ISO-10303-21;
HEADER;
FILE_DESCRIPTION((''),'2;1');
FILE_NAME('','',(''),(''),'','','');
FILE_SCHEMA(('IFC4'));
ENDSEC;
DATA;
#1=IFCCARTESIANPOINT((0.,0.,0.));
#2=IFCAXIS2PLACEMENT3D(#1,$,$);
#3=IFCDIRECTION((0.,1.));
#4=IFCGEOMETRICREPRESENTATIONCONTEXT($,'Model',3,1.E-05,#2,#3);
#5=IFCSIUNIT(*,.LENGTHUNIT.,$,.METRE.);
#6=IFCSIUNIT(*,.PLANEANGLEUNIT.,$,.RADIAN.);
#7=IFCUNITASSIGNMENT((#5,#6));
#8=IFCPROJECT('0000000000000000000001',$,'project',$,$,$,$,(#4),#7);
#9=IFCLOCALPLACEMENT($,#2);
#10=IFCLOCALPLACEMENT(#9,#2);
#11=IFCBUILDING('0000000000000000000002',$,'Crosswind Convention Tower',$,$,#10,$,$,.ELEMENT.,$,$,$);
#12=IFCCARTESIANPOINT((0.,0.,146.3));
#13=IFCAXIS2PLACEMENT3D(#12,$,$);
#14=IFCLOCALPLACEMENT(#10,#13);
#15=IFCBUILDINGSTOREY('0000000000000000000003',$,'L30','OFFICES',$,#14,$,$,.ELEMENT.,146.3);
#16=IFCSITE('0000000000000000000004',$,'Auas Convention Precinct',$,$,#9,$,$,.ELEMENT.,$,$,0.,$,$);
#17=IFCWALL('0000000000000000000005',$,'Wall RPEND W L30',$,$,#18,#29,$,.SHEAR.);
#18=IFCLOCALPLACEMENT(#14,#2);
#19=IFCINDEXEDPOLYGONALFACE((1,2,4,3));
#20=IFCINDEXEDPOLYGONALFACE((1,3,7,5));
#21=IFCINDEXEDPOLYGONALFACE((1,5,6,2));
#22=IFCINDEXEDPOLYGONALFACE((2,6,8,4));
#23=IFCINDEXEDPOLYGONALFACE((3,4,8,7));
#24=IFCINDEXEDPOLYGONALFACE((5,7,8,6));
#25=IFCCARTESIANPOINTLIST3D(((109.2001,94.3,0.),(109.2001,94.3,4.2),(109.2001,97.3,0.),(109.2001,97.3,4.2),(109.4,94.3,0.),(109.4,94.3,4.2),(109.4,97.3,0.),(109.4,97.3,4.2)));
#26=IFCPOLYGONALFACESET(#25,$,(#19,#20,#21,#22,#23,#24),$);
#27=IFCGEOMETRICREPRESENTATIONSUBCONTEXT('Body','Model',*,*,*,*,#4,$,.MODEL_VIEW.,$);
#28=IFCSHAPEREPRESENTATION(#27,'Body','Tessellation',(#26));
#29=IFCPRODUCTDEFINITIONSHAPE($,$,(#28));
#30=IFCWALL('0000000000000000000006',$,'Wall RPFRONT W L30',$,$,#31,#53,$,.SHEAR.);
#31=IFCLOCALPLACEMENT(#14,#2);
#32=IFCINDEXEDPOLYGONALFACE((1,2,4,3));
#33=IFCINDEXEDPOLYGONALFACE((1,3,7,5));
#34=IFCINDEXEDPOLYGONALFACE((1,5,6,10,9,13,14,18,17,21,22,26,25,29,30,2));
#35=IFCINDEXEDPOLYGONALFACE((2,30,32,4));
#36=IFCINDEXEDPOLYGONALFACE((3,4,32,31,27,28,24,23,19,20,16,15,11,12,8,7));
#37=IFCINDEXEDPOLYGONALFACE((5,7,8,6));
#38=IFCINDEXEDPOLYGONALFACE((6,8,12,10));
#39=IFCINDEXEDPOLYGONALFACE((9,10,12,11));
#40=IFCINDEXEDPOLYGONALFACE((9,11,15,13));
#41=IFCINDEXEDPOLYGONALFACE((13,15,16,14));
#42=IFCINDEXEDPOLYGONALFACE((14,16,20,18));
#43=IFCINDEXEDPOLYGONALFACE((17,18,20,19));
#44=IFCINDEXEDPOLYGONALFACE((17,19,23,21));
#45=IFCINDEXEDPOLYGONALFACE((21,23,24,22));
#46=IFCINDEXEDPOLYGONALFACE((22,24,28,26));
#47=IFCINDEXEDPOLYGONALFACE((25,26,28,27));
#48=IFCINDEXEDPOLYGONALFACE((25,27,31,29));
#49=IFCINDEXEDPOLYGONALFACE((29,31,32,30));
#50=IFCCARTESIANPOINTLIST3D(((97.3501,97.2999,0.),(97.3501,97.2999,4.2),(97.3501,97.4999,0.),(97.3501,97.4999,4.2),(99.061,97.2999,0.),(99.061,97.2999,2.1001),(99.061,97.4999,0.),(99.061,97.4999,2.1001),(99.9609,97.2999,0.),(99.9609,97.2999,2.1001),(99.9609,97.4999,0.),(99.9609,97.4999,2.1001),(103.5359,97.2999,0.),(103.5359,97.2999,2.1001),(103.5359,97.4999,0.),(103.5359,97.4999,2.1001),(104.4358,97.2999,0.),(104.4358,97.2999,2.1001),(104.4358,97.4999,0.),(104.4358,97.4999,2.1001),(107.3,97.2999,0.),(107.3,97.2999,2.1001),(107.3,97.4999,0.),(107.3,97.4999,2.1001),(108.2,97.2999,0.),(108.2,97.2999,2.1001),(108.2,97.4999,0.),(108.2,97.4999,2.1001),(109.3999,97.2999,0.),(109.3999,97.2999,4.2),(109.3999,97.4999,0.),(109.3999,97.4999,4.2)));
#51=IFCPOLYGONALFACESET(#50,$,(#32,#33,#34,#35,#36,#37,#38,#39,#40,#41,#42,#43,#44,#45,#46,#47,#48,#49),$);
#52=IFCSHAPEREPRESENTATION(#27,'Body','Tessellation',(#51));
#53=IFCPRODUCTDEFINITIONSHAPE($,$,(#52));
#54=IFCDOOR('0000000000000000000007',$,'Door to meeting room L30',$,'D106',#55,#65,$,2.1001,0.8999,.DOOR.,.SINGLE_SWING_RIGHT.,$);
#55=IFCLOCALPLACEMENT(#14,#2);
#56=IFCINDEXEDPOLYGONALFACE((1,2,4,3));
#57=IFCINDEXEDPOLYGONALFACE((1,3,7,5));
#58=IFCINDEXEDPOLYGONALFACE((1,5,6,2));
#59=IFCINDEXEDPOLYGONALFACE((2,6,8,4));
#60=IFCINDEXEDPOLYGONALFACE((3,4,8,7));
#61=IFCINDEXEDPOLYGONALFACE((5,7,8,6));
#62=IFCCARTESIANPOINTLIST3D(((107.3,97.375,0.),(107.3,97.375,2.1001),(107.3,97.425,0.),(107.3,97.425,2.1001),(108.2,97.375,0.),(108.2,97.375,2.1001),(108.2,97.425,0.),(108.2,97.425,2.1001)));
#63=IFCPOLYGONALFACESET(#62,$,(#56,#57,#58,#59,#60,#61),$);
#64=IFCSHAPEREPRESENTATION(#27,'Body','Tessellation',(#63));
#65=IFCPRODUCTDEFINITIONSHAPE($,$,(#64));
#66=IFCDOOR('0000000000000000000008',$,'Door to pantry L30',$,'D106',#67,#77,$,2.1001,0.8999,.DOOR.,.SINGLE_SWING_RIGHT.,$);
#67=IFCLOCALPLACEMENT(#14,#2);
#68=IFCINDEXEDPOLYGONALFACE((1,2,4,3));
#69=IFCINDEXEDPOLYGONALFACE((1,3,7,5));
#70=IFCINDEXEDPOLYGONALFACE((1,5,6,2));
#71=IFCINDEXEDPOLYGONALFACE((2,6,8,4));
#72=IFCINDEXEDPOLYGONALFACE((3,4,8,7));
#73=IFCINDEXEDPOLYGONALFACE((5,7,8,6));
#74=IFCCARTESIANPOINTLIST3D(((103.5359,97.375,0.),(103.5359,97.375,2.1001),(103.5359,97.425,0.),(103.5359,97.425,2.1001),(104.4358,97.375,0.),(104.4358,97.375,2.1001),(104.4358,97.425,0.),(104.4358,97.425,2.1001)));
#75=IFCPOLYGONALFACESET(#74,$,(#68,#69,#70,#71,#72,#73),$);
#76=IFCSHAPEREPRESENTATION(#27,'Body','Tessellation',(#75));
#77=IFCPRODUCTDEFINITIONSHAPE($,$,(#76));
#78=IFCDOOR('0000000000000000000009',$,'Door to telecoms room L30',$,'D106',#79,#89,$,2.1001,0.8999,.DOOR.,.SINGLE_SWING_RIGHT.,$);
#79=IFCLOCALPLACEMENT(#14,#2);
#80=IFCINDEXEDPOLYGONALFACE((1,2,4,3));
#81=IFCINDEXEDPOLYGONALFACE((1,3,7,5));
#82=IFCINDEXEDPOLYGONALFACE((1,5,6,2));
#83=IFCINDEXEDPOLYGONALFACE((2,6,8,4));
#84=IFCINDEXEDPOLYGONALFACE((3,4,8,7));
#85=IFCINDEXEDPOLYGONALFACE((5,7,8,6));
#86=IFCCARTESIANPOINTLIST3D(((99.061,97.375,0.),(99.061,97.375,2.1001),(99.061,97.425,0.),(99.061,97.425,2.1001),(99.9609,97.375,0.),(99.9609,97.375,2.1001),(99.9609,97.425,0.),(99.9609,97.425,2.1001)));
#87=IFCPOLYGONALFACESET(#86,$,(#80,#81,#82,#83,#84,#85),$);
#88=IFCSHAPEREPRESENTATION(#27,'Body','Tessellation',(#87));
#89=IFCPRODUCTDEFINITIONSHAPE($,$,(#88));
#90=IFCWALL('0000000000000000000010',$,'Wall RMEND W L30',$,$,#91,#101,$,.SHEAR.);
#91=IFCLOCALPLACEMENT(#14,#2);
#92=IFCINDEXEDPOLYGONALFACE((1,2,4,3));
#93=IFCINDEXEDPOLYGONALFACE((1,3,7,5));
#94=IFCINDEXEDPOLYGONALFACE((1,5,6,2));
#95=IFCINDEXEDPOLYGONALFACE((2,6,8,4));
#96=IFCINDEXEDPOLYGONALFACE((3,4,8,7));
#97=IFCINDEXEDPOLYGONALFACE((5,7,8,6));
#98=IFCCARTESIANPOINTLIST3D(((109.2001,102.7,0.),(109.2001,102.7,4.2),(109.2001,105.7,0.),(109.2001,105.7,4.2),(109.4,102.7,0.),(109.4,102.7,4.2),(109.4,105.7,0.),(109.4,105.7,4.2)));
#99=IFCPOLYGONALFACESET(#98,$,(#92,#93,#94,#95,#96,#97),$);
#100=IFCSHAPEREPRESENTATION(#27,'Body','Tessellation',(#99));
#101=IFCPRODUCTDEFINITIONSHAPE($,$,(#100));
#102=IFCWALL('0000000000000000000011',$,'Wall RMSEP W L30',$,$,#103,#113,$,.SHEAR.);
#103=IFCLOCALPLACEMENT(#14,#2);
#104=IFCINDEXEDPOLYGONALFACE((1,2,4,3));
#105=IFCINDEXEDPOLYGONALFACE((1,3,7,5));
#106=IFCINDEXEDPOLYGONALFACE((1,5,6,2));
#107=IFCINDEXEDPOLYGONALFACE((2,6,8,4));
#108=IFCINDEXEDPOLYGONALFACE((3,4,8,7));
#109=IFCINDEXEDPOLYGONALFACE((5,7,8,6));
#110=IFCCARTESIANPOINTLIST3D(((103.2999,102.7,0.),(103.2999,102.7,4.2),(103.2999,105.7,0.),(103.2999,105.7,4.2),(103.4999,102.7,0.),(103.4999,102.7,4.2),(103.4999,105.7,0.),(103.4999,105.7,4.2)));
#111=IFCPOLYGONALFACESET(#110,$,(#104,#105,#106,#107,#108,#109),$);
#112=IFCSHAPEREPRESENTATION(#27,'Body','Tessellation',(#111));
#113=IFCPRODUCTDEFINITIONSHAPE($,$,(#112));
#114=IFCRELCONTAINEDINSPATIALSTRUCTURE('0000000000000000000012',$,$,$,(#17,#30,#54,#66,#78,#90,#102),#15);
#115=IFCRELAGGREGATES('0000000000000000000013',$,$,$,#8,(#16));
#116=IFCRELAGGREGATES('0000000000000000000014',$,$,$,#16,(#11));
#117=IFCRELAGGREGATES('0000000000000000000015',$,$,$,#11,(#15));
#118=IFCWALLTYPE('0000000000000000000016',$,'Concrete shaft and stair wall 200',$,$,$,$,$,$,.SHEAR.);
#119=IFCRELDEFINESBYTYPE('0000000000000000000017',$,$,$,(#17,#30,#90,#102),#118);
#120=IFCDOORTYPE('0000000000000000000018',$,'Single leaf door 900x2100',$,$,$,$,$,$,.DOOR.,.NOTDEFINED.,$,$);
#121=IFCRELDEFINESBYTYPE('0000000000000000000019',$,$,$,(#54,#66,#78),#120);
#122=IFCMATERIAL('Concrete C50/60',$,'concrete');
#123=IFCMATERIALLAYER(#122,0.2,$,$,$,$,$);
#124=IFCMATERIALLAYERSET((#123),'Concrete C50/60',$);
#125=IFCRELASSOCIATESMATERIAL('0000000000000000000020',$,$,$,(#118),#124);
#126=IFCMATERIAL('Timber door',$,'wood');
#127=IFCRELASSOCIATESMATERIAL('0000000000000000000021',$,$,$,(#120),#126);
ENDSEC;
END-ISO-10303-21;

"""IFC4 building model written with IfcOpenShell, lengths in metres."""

from ifc_helpers import new_model, si_unit, direction, frame, frame_2d, origin, place, context, subcontext, project, spatial, rectangle, extrude, material, layer, layer_set, type_object, element, fill, save


model = new_model("IFC4")

# Units and contexts
model_context = context("Model", 3, precision=1e-05, world=origin(), true_north=direction((0.0, 1.0)))
body_context = subcontext(model_context, "Body", "Model", "MODEL_VIEW")
ifc_project = project(units=[si_unit("LENGTHUNIT", "METRE"), si_unit("PLANEANGLEUNIT", "RADIAN")], contexts=[model_context])

# Site, building, storey
site_placement = place(None, origin())
site = spatial("IfcSite", under=ifc_project, at=site_placement, Name="Auas Convention Precinct", CompositionType="ELEMENT", RefElevation=0.0)
building_placement = place(site_placement, origin())
building = spatial("IfcBuilding", under=site, at=building_placement, Name="Crosswind Convention Tower", CompositionType="ELEMENT")
storey_placement = place(building_placement, frame((0.0, 0.0, 146.3)))
storey = spatial("IfcBuildingStorey", under=building, at=storey_placement, Name="L30", Description="OFFICES", CompositionType="ELEMENT", Elevation=146.3)

# Wall
ifc_material_1 = material(Name="Concrete C50/60", Category="concrete")
ifc_layer_1 = layer(ifc_material_1, 0.2)
ifc_layer_set_1 = layer_set([ifc_layer_1], Name="Concrete C50/60")
wall_type_1 = type_object("IfcWallType", Name="Concrete shaft and stair wall 200", PredefinedType="SHEAR", material=ifc_layer_set_1)
wall_1_placement = place(storey_placement, frame((109.3, 97.3, 0.0), z_axis=(0.0, 0.0, 1.0), x_axis=(0.0, -1.0, 0.0)))
element("IfcWall", 1, at=wall_1_placement, inside=storey, type_object=wall_type_1, Name="Wall RPEND W L30", PredefinedType="SHEAR", context=body_context, shape_type="SweptSolid", body=[
    extrude(rectangle(XDim=3.0, YDim=0.2, at=frame_2d((1.5, 0.0))), origin(), (0.0, 0.0, 1.0), 4.2),
])

# Wall, openings, doors
wall_2_placement = place(storey_placement, frame((109.3999, 97.3999, 0.0), z_axis=(0.0, 0.0, 1.0), x_axis=(-1.0, 0.0, 0.0)))
wall_2 = element("IfcWall", 2, at=wall_2_placement, inside=storey, type_object=wall_type_1, Name="Wall RPFRONT W L30", PredefinedType="SHEAR", context=body_context, shape_type="SweptSolid", body=[
    extrude(rectangle(XDim=12.0498, YDim=0.2, at=frame_2d((6.0249, 0.0))), origin(), (0.0, 0.0, 1.0), 4.2),
])
opening_1_placement = place(wall_2_placement, frame((1.2, 0.0, 0.0)))
opening_1 = element("IfcOpeningElement", 3, at=opening_1_placement, cuts=wall_2, PredefinedType="OPENING", context=body_context, shape_type="SweptSolid", body=[
    extrude(rectangle(XDim=0.8999, YDim=2.1001, at=frame_2d((0.45, 1.05))), frame((0.0, 0.1099, 0.0), z_axis=(0.0, -1.0, 0.0), x_axis=(1.0, 0.0, 0.0)), (0.0, 0.0, 1.0), 0.22),
])
opening_2_placement = place(wall_2_placement, frame((4.9641, 0.0, 0.0)))
opening_2 = element("IfcOpeningElement", 4, at=opening_2_placement, cuts=wall_2, PredefinedType="OPENING", context=body_context, shape_type="SweptSolid", body=[
    extrude(rectangle(XDim=0.8999, YDim=2.1001, at=frame_2d((0.45, 1.05))), frame((0.0, 0.1099, 0.0), z_axis=(0.0, -1.0, 0.0), x_axis=(1.0, 0.0, 0.0)), (0.0, 0.0, 1.0), 0.22),
])
opening_3_placement = place(wall_2_placement, frame((9.439, 0.0, 0.0)))
opening_3 = element("IfcOpeningElement", 5, at=opening_3_placement, cuts=wall_2, PredefinedType="OPENING", context=body_context, shape_type="SweptSolid", body=[
    extrude(rectangle(XDim=0.8999, YDim=2.1001, at=frame_2d((0.45, 1.05))), frame((0.0, 0.1099, 0.0), z_axis=(0.0, -1.0, 0.0), x_axis=(1.0, 0.0, 0.0)), (0.0, 0.0, 1.0), 0.22),
])
ifc_material_2 = material(Name="Timber door", Category="wood")
door_type_1 = type_object("IfcDoorType", Name="Single leaf door 900x2100", OperationType="NOTDEFINED", PredefinedType="DOOR", material=ifc_material_2)
door_1_placement = place(opening_1_placement, origin())
door_1 = element("IfcDoor", 6, at=door_1_placement, inside=storey, type_object=door_type_1, Name="Door to meeting room L30", ObjectType="D106", OperationType="SINGLE_SWING_RIGHT", OverallHeight=2.1001, OverallWidth=0.8999, PredefinedType="DOOR", context=body_context, shape_type="SweptSolid", body=[
    extrude(rectangle(XDim=0.8999, YDim=2.1001, at=frame_2d((0.45, 1.05))), frame((0.0, 0.0249, 0.0), z_axis=(0.0, -1.0, 0.0), x_axis=(1.0, 0.0, 0.0)), (0.0, 0.0, 1.0), 0.05),
])
fill(opening_1, door_1)
door_2_placement = place(opening_2_placement, origin())
door_2 = element("IfcDoor", 7, at=door_2_placement, inside=storey, type_object=door_type_1, Name="Door to pantry L30", ObjectType="D106", OperationType="SINGLE_SWING_RIGHT", OverallHeight=2.1001, OverallWidth=0.8999, PredefinedType="DOOR", context=body_context, shape_type="SweptSolid", body=[
    extrude(rectangle(XDim=0.8999, YDim=2.1001, at=frame_2d((0.45, 1.05))), frame((0.0, 0.0249, 0.0), z_axis=(0.0, -1.0, 0.0), x_axis=(1.0, 0.0, 0.0)), (0.0, 0.0, 1.0), 0.05),
])
fill(opening_2, door_2)
door_3_placement = place(opening_3_placement, origin())
door_3 = element("IfcDoor", 8, at=door_3_placement, inside=storey, type_object=door_type_1, Name="Door to telecoms room L30", ObjectType="D106", OperationType="SINGLE_SWING_RIGHT", OverallHeight=2.1001, OverallWidth=0.8999, PredefinedType="DOOR", context=body_context, shape_type="SweptSolid", body=[
    extrude(rectangle(XDim=0.8999, YDim=2.1001, at=frame_2d((0.45, 1.05))), frame((0.0, 0.0249, 0.0), z_axis=(0.0, -1.0, 0.0), x_axis=(1.0, 0.0, 0.0)), (0.0, 0.0, 1.0), 0.05),
])
fill(opening_3, door_3)

# Walls
for number, where, z_axis, x_axis, name in (
    (9, (109.3, 105.7, 0.0), (0.0, 0.0, 1.0), (0.0, -1.0, 0.0), "Wall RMEND W L30"),
    (10, (103.3999, 105.7, 0.0), (0.0, 0.0, 1.0), (0.0, -1.0, 0.0), "Wall RMSEP W L30"),
):
    element("IfcWall", number, at=place(storey_placement, frame(where, z_axis=z_axis, x_axis=x_axis)), inside=storey, type_object=wall_type_1, Name=name, PredefinedType="SHEAR", context=body_context, shape_type="SweptSolid", body=[
        extrude(rectangle(XDim=3.0, YDim=0.2, at=frame_2d((1.5, 0.0))), origin(), (0.0, 0.0, 1.0), 4.2),
    ])

save(model, "model.ifc")
